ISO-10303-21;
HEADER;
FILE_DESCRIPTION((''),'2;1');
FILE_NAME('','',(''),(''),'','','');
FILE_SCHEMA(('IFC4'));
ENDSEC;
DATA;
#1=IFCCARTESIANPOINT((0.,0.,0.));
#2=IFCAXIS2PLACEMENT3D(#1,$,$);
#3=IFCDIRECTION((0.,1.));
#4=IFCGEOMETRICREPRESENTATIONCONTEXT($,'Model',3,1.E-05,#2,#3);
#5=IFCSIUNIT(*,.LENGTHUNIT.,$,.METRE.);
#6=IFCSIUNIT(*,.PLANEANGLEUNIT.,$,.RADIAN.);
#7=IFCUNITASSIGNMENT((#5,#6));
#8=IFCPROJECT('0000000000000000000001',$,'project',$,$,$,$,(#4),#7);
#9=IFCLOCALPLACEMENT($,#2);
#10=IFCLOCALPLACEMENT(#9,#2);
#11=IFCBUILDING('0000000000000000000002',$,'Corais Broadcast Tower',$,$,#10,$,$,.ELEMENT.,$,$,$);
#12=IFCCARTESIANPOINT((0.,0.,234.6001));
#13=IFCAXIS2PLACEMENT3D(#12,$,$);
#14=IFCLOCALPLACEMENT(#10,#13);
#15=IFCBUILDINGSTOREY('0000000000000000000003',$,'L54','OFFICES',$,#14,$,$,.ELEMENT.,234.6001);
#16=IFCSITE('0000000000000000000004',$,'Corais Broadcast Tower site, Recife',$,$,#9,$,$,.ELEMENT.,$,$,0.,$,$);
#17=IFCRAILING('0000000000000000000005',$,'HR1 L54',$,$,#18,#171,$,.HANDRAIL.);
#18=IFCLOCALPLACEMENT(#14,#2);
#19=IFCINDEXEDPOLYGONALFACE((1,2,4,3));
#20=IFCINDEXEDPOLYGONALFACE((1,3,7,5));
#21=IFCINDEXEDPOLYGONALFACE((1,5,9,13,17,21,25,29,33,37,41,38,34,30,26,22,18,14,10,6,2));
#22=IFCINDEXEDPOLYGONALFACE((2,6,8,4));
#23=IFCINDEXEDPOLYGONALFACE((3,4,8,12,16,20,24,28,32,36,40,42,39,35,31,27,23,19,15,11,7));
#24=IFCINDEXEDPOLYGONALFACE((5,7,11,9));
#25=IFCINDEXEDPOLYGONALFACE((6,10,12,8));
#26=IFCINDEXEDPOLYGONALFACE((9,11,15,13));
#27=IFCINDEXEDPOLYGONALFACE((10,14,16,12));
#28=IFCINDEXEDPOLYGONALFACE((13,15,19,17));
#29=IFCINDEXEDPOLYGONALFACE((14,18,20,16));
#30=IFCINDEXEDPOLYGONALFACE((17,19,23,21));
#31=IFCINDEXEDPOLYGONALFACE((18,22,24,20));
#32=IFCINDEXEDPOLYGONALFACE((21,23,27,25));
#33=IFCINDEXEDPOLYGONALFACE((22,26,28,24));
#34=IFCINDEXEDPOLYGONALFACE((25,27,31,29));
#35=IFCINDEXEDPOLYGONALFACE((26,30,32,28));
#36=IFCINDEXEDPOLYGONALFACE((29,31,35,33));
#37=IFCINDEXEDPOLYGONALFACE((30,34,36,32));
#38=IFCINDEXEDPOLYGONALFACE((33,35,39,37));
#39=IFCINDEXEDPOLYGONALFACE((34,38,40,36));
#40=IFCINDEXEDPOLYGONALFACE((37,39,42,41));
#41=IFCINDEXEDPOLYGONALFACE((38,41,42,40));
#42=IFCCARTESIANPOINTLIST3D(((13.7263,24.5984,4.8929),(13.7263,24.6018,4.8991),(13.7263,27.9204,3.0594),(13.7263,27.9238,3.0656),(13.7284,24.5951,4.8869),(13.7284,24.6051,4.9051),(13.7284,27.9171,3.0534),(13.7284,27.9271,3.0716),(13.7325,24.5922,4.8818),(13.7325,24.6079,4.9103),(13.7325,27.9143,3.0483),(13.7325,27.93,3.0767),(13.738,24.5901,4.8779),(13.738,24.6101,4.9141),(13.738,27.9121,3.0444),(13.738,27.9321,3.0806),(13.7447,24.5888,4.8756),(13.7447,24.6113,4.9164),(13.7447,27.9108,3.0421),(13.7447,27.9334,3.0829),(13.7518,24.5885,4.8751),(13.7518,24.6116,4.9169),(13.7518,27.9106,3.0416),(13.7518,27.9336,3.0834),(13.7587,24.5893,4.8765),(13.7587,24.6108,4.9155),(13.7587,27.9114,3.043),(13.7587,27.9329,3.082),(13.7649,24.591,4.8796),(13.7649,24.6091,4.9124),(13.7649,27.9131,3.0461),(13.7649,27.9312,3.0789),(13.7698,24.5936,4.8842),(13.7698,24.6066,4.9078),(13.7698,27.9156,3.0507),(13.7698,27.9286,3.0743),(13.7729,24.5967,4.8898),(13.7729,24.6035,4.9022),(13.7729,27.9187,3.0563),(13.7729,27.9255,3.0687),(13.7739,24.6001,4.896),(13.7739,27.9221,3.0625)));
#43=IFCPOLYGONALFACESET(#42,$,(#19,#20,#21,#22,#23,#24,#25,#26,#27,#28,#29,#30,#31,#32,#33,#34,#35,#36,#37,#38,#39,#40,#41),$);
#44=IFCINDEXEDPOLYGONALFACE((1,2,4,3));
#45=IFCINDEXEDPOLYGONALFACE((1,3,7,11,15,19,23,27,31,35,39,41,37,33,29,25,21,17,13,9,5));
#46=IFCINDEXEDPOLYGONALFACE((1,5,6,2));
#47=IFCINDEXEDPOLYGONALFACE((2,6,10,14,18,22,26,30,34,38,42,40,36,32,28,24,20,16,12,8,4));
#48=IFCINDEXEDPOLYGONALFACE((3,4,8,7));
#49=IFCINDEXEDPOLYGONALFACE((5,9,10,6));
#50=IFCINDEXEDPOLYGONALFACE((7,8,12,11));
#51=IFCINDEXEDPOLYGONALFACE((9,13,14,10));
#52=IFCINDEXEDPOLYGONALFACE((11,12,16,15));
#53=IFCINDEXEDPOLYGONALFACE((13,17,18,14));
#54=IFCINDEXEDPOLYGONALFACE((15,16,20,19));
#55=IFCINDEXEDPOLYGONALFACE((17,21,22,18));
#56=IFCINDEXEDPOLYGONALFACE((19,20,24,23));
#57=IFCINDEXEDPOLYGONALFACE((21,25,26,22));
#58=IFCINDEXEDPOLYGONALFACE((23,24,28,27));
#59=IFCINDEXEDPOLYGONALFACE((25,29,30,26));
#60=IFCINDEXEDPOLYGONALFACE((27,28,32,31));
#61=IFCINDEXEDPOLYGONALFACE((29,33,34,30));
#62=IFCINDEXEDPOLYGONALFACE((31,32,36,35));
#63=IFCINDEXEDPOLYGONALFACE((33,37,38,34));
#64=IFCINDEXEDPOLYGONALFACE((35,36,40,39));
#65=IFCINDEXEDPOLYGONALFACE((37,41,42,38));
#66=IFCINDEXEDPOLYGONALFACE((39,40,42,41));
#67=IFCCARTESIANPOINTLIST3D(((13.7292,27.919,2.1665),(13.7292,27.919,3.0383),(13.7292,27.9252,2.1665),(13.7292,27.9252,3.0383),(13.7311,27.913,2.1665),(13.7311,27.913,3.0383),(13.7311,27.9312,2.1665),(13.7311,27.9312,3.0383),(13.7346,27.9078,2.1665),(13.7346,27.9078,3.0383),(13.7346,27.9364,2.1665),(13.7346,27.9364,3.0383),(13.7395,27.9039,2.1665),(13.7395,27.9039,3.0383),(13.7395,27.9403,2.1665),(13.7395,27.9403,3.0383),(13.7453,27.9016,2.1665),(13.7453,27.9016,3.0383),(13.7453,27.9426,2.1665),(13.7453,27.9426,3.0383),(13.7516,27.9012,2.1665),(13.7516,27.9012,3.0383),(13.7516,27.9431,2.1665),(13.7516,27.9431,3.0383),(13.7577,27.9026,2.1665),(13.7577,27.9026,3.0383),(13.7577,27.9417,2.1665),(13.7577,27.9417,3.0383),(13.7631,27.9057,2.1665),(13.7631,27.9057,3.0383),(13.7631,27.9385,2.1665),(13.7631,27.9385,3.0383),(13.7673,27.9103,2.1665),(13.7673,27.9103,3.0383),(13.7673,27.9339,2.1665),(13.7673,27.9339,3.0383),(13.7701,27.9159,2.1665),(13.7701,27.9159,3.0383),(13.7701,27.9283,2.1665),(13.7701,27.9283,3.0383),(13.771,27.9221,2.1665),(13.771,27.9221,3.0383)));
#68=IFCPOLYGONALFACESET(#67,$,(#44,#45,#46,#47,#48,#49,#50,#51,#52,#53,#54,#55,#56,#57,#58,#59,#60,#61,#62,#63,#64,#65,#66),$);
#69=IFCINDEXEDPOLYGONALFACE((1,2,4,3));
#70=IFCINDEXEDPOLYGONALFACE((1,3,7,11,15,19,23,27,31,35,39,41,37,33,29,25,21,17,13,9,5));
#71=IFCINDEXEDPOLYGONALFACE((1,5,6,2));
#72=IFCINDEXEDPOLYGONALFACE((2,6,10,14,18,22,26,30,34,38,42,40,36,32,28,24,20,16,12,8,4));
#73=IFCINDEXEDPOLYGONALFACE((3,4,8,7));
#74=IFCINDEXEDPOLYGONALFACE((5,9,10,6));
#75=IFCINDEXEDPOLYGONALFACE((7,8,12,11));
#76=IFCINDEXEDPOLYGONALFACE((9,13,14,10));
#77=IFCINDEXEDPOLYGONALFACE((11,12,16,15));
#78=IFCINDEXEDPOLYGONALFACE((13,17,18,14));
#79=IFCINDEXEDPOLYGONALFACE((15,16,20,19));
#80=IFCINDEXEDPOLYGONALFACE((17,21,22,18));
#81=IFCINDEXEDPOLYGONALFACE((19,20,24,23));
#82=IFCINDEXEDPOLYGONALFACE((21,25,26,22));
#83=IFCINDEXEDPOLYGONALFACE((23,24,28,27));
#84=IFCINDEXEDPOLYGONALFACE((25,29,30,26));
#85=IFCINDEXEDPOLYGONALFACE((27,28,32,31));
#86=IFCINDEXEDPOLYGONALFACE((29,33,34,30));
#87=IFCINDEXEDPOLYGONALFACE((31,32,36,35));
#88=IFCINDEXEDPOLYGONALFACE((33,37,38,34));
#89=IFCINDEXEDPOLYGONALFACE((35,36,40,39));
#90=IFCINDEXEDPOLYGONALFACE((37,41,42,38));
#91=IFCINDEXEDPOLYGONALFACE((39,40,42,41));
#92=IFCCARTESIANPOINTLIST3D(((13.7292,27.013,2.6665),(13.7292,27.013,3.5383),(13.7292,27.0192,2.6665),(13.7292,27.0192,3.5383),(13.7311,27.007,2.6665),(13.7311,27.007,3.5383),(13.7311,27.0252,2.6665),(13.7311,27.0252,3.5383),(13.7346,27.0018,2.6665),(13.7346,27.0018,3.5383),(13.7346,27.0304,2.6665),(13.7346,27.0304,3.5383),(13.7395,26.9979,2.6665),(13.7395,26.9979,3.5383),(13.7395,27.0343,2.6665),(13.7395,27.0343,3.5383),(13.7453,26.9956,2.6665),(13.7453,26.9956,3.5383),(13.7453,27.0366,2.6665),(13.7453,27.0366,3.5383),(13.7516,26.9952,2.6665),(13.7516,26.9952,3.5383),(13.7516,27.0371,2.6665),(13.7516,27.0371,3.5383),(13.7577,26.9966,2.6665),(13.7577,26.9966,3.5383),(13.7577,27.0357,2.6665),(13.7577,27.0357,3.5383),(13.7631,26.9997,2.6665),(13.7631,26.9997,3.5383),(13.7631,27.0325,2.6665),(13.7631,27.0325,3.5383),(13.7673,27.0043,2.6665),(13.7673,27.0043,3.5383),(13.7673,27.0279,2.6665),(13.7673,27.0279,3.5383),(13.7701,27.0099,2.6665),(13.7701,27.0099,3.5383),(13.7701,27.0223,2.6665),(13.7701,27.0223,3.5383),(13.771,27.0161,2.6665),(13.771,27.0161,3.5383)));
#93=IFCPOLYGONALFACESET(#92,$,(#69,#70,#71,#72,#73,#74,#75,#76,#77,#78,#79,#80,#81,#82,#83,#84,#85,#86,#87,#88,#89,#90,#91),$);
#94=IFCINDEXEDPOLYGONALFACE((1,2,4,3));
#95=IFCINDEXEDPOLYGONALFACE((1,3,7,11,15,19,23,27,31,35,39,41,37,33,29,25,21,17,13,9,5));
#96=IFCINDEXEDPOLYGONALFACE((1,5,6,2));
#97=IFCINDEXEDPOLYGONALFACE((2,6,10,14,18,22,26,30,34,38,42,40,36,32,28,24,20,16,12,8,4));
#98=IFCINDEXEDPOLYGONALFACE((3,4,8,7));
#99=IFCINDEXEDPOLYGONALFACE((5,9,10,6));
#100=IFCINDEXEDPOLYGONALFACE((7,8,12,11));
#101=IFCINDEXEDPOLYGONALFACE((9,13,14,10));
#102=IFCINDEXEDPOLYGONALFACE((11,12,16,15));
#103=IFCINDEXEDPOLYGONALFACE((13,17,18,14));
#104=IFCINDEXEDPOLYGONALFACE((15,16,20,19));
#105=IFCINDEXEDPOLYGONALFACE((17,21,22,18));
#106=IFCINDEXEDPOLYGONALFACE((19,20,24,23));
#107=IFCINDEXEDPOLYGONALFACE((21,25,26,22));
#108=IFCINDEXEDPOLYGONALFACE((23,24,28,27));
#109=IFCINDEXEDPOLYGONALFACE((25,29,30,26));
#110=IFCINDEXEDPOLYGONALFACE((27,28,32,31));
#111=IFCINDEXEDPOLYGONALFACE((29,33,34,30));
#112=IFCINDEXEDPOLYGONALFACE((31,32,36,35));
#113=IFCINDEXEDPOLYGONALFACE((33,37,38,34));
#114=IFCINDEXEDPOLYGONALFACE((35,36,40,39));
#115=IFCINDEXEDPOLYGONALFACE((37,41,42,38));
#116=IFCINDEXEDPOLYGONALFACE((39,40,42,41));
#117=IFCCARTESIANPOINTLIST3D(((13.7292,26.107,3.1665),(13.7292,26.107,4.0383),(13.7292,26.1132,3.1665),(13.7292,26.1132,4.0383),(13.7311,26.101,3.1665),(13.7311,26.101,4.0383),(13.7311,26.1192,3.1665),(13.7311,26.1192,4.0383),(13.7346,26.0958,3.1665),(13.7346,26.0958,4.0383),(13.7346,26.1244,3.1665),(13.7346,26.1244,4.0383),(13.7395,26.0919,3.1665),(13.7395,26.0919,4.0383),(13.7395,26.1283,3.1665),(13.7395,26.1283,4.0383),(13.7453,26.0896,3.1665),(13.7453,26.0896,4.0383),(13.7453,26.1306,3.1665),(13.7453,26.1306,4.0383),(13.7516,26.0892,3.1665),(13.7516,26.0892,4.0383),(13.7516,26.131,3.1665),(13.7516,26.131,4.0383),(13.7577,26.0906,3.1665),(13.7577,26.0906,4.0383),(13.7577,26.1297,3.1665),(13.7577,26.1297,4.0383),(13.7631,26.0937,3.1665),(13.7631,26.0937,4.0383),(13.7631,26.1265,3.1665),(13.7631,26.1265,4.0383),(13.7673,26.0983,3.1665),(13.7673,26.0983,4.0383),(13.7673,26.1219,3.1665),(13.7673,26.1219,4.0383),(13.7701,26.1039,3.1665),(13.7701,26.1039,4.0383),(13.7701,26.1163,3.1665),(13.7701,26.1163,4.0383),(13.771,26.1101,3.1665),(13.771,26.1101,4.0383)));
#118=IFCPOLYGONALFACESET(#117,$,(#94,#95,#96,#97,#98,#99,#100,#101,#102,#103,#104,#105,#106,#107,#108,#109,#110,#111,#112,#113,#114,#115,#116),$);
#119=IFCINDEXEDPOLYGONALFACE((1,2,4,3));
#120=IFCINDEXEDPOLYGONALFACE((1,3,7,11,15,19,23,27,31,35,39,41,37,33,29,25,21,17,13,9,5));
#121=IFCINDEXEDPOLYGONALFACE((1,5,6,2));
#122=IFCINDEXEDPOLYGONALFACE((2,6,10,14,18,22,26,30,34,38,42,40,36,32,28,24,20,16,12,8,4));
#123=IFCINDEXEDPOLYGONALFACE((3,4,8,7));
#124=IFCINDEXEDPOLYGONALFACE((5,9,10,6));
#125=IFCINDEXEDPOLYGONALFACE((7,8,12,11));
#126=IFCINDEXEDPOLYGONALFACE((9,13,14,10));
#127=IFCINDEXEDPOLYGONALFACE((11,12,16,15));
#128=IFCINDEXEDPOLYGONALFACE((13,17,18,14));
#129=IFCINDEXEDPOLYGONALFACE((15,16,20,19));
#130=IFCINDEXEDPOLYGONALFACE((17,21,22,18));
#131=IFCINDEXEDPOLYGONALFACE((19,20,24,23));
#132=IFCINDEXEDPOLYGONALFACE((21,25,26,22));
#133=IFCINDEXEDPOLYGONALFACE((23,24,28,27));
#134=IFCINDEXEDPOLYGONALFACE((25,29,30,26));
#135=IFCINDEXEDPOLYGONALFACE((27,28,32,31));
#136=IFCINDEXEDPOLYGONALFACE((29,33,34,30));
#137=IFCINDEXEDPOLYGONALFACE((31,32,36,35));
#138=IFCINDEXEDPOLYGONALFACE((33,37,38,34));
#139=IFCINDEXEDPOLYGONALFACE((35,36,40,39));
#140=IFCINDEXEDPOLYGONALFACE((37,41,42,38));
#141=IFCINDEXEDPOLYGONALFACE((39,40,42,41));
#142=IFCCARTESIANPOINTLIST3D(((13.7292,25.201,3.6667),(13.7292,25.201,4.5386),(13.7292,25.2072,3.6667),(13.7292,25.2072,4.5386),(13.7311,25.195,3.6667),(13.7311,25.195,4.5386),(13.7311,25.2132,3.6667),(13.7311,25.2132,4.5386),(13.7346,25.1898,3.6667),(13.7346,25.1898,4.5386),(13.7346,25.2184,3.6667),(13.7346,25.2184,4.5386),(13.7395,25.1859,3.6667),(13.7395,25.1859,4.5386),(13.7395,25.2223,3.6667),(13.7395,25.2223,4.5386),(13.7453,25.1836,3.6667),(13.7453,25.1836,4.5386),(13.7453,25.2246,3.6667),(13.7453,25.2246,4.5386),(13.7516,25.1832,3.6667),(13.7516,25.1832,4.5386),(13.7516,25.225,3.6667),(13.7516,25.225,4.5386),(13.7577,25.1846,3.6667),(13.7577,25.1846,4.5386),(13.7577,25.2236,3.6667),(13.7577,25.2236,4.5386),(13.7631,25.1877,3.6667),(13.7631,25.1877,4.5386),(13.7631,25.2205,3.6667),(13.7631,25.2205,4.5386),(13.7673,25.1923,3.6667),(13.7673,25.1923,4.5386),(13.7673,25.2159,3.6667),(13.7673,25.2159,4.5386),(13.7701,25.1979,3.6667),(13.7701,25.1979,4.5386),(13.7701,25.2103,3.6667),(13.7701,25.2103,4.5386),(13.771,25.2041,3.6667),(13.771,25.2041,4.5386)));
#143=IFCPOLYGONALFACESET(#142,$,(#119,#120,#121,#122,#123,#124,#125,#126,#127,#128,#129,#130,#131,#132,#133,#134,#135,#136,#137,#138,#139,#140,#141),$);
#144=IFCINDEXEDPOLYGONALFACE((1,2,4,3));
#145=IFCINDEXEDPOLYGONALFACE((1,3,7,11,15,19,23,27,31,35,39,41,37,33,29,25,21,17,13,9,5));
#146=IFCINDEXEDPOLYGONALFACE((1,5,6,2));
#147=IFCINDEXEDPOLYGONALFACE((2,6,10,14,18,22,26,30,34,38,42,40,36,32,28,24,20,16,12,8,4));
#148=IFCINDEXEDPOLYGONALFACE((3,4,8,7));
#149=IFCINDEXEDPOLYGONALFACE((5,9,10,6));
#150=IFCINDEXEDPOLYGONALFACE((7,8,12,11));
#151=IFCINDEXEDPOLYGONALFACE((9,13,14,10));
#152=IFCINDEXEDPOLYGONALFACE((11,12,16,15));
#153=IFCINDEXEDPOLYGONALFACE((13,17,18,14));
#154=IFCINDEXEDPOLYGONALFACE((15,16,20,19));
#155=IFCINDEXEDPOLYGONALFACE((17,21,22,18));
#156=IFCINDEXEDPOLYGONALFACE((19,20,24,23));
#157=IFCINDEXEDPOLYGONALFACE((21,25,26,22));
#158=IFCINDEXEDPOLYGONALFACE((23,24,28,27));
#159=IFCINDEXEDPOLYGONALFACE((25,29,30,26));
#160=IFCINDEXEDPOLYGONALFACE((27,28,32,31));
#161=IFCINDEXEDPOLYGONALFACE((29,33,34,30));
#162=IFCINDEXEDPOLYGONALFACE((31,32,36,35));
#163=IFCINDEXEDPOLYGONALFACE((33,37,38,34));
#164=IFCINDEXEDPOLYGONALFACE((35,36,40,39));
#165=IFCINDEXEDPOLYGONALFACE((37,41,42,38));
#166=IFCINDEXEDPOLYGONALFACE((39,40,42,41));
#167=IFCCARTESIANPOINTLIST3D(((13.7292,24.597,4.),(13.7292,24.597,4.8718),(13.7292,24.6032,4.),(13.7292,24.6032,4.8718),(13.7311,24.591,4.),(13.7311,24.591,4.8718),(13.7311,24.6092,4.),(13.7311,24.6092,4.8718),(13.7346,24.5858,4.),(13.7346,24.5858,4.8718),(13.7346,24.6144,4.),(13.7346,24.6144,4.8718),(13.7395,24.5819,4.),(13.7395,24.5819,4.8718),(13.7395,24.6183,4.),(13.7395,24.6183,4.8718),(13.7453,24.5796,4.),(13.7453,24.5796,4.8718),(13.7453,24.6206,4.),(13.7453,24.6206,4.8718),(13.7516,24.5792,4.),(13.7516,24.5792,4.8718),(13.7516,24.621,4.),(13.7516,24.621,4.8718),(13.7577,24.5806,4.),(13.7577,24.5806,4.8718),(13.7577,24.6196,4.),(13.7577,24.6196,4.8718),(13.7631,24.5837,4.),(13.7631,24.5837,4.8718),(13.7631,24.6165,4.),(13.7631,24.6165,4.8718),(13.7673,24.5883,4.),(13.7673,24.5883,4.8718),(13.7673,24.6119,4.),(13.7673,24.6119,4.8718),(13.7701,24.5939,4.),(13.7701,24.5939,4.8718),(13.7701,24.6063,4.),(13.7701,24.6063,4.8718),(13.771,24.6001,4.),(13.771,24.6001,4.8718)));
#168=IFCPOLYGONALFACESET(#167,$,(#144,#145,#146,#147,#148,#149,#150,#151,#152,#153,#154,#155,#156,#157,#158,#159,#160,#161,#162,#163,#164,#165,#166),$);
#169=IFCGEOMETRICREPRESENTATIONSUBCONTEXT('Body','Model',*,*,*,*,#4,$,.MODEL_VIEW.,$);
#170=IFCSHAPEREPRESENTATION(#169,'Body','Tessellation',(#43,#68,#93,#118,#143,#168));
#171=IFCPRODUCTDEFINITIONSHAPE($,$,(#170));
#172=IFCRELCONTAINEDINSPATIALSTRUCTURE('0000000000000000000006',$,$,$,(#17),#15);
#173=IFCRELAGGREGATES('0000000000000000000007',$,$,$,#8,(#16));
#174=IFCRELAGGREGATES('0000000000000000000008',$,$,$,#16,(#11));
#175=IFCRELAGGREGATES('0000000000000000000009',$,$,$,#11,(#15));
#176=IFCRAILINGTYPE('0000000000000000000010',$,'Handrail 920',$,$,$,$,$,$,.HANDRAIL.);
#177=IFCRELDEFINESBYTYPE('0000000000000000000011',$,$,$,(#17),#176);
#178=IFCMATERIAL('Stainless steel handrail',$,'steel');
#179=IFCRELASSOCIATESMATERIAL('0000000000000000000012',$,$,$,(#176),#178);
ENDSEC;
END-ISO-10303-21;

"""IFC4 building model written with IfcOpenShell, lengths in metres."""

from ifc_helpers import new_model, si_unit, direction, frame, origin, origin_2d, place, context, subcontext, project, spatial, circle, extrude, material, type_object, element, save


model = new_model("IFC4")

# Units and contexts
model_context = context("Model", 3, precision=1e-05, world=origin(), true_north=direction((0.0, 1.0)))
body_context = subcontext(model_context, "Body", "Model", "MODEL_VIEW")
ifc_project = project(units=[si_unit("LENGTHUNIT", "METRE"), si_unit("PLANEANGLEUNIT", "RADIAN")], contexts=[model_context])

# Site, building, storey
site_placement = place(None, origin())
site = spatial("IfcSite", under=ifc_project, at=site_placement, Name="Corais Broadcast Tower site, Recife", CompositionType="ELEMENT", RefElevation=0.0)
building_placement = place(site_placement, origin())
building = spatial("IfcBuilding", under=site, at=building_placement, Name="Corais Broadcast Tower", CompositionType="ELEMENT")
storey_placement = place(building_placement, frame((0.0, 0.0, 234.6001)))
storey = spatial("IfcBuildingStorey", under=building, at=storey_placement, Name="L54", Description="OFFICES", CompositionType="ELEMENT", Elevation=234.6001)

# Railing
ifc_material_1 = material(Name="Stainless steel handrail", Category="steel")
railing_type = type_object("IfcRailingType", Name="Handrail 920", PredefinedType="HANDRAIL", material=ifc_material_1)
railing_placement = place(storey_placement, frame((13.75, 27.9221, 2.1665)))
element("IfcRailing", 1, at=railing_placement, inside=storey, type_object=railing_type, Name="HR1 L54", PredefinedType="HANDRAIL", context=body_context, shape_type="SweptSolid", body=[
    extrude(circle(Radius=0.0239, at=origin_2d()), frame((0.0, 0.0, 0.896), z_axis=(0.0, -0.875504, 0.48321), x_axis=(1.0, 0.0, 0.0)), (0.0, 0.0, 1.0), 3.7944),
    extrude(circle(Radius=0.021, at=origin_2d()), origin(), (0.0, 0.0, 1.0), 0.8718),
    extrude(circle(Radius=0.021, at=origin_2d()), frame((0.0, -0.906, 0.5)), (0.0, 0.0, 1.0), 0.8718),
    extrude(circle(Radius=0.021, at=origin_2d()), frame((0.0, -1.812, 1.0)), (0.0, 0.0, 1.0), 0.8718),
    extrude(circle(Radius=0.021, at=origin_2d()), frame((0.0, -2.718, 1.5002)), (0.0, 0.0, 1.0), 0.8718),
    extrude(circle(Radius=0.021, at=origin_2d()), frame((0.0, -3.322, 1.8335)), (0.0, 0.0, 1.0), 0.8718),
])

save(model, "model.ifc")
